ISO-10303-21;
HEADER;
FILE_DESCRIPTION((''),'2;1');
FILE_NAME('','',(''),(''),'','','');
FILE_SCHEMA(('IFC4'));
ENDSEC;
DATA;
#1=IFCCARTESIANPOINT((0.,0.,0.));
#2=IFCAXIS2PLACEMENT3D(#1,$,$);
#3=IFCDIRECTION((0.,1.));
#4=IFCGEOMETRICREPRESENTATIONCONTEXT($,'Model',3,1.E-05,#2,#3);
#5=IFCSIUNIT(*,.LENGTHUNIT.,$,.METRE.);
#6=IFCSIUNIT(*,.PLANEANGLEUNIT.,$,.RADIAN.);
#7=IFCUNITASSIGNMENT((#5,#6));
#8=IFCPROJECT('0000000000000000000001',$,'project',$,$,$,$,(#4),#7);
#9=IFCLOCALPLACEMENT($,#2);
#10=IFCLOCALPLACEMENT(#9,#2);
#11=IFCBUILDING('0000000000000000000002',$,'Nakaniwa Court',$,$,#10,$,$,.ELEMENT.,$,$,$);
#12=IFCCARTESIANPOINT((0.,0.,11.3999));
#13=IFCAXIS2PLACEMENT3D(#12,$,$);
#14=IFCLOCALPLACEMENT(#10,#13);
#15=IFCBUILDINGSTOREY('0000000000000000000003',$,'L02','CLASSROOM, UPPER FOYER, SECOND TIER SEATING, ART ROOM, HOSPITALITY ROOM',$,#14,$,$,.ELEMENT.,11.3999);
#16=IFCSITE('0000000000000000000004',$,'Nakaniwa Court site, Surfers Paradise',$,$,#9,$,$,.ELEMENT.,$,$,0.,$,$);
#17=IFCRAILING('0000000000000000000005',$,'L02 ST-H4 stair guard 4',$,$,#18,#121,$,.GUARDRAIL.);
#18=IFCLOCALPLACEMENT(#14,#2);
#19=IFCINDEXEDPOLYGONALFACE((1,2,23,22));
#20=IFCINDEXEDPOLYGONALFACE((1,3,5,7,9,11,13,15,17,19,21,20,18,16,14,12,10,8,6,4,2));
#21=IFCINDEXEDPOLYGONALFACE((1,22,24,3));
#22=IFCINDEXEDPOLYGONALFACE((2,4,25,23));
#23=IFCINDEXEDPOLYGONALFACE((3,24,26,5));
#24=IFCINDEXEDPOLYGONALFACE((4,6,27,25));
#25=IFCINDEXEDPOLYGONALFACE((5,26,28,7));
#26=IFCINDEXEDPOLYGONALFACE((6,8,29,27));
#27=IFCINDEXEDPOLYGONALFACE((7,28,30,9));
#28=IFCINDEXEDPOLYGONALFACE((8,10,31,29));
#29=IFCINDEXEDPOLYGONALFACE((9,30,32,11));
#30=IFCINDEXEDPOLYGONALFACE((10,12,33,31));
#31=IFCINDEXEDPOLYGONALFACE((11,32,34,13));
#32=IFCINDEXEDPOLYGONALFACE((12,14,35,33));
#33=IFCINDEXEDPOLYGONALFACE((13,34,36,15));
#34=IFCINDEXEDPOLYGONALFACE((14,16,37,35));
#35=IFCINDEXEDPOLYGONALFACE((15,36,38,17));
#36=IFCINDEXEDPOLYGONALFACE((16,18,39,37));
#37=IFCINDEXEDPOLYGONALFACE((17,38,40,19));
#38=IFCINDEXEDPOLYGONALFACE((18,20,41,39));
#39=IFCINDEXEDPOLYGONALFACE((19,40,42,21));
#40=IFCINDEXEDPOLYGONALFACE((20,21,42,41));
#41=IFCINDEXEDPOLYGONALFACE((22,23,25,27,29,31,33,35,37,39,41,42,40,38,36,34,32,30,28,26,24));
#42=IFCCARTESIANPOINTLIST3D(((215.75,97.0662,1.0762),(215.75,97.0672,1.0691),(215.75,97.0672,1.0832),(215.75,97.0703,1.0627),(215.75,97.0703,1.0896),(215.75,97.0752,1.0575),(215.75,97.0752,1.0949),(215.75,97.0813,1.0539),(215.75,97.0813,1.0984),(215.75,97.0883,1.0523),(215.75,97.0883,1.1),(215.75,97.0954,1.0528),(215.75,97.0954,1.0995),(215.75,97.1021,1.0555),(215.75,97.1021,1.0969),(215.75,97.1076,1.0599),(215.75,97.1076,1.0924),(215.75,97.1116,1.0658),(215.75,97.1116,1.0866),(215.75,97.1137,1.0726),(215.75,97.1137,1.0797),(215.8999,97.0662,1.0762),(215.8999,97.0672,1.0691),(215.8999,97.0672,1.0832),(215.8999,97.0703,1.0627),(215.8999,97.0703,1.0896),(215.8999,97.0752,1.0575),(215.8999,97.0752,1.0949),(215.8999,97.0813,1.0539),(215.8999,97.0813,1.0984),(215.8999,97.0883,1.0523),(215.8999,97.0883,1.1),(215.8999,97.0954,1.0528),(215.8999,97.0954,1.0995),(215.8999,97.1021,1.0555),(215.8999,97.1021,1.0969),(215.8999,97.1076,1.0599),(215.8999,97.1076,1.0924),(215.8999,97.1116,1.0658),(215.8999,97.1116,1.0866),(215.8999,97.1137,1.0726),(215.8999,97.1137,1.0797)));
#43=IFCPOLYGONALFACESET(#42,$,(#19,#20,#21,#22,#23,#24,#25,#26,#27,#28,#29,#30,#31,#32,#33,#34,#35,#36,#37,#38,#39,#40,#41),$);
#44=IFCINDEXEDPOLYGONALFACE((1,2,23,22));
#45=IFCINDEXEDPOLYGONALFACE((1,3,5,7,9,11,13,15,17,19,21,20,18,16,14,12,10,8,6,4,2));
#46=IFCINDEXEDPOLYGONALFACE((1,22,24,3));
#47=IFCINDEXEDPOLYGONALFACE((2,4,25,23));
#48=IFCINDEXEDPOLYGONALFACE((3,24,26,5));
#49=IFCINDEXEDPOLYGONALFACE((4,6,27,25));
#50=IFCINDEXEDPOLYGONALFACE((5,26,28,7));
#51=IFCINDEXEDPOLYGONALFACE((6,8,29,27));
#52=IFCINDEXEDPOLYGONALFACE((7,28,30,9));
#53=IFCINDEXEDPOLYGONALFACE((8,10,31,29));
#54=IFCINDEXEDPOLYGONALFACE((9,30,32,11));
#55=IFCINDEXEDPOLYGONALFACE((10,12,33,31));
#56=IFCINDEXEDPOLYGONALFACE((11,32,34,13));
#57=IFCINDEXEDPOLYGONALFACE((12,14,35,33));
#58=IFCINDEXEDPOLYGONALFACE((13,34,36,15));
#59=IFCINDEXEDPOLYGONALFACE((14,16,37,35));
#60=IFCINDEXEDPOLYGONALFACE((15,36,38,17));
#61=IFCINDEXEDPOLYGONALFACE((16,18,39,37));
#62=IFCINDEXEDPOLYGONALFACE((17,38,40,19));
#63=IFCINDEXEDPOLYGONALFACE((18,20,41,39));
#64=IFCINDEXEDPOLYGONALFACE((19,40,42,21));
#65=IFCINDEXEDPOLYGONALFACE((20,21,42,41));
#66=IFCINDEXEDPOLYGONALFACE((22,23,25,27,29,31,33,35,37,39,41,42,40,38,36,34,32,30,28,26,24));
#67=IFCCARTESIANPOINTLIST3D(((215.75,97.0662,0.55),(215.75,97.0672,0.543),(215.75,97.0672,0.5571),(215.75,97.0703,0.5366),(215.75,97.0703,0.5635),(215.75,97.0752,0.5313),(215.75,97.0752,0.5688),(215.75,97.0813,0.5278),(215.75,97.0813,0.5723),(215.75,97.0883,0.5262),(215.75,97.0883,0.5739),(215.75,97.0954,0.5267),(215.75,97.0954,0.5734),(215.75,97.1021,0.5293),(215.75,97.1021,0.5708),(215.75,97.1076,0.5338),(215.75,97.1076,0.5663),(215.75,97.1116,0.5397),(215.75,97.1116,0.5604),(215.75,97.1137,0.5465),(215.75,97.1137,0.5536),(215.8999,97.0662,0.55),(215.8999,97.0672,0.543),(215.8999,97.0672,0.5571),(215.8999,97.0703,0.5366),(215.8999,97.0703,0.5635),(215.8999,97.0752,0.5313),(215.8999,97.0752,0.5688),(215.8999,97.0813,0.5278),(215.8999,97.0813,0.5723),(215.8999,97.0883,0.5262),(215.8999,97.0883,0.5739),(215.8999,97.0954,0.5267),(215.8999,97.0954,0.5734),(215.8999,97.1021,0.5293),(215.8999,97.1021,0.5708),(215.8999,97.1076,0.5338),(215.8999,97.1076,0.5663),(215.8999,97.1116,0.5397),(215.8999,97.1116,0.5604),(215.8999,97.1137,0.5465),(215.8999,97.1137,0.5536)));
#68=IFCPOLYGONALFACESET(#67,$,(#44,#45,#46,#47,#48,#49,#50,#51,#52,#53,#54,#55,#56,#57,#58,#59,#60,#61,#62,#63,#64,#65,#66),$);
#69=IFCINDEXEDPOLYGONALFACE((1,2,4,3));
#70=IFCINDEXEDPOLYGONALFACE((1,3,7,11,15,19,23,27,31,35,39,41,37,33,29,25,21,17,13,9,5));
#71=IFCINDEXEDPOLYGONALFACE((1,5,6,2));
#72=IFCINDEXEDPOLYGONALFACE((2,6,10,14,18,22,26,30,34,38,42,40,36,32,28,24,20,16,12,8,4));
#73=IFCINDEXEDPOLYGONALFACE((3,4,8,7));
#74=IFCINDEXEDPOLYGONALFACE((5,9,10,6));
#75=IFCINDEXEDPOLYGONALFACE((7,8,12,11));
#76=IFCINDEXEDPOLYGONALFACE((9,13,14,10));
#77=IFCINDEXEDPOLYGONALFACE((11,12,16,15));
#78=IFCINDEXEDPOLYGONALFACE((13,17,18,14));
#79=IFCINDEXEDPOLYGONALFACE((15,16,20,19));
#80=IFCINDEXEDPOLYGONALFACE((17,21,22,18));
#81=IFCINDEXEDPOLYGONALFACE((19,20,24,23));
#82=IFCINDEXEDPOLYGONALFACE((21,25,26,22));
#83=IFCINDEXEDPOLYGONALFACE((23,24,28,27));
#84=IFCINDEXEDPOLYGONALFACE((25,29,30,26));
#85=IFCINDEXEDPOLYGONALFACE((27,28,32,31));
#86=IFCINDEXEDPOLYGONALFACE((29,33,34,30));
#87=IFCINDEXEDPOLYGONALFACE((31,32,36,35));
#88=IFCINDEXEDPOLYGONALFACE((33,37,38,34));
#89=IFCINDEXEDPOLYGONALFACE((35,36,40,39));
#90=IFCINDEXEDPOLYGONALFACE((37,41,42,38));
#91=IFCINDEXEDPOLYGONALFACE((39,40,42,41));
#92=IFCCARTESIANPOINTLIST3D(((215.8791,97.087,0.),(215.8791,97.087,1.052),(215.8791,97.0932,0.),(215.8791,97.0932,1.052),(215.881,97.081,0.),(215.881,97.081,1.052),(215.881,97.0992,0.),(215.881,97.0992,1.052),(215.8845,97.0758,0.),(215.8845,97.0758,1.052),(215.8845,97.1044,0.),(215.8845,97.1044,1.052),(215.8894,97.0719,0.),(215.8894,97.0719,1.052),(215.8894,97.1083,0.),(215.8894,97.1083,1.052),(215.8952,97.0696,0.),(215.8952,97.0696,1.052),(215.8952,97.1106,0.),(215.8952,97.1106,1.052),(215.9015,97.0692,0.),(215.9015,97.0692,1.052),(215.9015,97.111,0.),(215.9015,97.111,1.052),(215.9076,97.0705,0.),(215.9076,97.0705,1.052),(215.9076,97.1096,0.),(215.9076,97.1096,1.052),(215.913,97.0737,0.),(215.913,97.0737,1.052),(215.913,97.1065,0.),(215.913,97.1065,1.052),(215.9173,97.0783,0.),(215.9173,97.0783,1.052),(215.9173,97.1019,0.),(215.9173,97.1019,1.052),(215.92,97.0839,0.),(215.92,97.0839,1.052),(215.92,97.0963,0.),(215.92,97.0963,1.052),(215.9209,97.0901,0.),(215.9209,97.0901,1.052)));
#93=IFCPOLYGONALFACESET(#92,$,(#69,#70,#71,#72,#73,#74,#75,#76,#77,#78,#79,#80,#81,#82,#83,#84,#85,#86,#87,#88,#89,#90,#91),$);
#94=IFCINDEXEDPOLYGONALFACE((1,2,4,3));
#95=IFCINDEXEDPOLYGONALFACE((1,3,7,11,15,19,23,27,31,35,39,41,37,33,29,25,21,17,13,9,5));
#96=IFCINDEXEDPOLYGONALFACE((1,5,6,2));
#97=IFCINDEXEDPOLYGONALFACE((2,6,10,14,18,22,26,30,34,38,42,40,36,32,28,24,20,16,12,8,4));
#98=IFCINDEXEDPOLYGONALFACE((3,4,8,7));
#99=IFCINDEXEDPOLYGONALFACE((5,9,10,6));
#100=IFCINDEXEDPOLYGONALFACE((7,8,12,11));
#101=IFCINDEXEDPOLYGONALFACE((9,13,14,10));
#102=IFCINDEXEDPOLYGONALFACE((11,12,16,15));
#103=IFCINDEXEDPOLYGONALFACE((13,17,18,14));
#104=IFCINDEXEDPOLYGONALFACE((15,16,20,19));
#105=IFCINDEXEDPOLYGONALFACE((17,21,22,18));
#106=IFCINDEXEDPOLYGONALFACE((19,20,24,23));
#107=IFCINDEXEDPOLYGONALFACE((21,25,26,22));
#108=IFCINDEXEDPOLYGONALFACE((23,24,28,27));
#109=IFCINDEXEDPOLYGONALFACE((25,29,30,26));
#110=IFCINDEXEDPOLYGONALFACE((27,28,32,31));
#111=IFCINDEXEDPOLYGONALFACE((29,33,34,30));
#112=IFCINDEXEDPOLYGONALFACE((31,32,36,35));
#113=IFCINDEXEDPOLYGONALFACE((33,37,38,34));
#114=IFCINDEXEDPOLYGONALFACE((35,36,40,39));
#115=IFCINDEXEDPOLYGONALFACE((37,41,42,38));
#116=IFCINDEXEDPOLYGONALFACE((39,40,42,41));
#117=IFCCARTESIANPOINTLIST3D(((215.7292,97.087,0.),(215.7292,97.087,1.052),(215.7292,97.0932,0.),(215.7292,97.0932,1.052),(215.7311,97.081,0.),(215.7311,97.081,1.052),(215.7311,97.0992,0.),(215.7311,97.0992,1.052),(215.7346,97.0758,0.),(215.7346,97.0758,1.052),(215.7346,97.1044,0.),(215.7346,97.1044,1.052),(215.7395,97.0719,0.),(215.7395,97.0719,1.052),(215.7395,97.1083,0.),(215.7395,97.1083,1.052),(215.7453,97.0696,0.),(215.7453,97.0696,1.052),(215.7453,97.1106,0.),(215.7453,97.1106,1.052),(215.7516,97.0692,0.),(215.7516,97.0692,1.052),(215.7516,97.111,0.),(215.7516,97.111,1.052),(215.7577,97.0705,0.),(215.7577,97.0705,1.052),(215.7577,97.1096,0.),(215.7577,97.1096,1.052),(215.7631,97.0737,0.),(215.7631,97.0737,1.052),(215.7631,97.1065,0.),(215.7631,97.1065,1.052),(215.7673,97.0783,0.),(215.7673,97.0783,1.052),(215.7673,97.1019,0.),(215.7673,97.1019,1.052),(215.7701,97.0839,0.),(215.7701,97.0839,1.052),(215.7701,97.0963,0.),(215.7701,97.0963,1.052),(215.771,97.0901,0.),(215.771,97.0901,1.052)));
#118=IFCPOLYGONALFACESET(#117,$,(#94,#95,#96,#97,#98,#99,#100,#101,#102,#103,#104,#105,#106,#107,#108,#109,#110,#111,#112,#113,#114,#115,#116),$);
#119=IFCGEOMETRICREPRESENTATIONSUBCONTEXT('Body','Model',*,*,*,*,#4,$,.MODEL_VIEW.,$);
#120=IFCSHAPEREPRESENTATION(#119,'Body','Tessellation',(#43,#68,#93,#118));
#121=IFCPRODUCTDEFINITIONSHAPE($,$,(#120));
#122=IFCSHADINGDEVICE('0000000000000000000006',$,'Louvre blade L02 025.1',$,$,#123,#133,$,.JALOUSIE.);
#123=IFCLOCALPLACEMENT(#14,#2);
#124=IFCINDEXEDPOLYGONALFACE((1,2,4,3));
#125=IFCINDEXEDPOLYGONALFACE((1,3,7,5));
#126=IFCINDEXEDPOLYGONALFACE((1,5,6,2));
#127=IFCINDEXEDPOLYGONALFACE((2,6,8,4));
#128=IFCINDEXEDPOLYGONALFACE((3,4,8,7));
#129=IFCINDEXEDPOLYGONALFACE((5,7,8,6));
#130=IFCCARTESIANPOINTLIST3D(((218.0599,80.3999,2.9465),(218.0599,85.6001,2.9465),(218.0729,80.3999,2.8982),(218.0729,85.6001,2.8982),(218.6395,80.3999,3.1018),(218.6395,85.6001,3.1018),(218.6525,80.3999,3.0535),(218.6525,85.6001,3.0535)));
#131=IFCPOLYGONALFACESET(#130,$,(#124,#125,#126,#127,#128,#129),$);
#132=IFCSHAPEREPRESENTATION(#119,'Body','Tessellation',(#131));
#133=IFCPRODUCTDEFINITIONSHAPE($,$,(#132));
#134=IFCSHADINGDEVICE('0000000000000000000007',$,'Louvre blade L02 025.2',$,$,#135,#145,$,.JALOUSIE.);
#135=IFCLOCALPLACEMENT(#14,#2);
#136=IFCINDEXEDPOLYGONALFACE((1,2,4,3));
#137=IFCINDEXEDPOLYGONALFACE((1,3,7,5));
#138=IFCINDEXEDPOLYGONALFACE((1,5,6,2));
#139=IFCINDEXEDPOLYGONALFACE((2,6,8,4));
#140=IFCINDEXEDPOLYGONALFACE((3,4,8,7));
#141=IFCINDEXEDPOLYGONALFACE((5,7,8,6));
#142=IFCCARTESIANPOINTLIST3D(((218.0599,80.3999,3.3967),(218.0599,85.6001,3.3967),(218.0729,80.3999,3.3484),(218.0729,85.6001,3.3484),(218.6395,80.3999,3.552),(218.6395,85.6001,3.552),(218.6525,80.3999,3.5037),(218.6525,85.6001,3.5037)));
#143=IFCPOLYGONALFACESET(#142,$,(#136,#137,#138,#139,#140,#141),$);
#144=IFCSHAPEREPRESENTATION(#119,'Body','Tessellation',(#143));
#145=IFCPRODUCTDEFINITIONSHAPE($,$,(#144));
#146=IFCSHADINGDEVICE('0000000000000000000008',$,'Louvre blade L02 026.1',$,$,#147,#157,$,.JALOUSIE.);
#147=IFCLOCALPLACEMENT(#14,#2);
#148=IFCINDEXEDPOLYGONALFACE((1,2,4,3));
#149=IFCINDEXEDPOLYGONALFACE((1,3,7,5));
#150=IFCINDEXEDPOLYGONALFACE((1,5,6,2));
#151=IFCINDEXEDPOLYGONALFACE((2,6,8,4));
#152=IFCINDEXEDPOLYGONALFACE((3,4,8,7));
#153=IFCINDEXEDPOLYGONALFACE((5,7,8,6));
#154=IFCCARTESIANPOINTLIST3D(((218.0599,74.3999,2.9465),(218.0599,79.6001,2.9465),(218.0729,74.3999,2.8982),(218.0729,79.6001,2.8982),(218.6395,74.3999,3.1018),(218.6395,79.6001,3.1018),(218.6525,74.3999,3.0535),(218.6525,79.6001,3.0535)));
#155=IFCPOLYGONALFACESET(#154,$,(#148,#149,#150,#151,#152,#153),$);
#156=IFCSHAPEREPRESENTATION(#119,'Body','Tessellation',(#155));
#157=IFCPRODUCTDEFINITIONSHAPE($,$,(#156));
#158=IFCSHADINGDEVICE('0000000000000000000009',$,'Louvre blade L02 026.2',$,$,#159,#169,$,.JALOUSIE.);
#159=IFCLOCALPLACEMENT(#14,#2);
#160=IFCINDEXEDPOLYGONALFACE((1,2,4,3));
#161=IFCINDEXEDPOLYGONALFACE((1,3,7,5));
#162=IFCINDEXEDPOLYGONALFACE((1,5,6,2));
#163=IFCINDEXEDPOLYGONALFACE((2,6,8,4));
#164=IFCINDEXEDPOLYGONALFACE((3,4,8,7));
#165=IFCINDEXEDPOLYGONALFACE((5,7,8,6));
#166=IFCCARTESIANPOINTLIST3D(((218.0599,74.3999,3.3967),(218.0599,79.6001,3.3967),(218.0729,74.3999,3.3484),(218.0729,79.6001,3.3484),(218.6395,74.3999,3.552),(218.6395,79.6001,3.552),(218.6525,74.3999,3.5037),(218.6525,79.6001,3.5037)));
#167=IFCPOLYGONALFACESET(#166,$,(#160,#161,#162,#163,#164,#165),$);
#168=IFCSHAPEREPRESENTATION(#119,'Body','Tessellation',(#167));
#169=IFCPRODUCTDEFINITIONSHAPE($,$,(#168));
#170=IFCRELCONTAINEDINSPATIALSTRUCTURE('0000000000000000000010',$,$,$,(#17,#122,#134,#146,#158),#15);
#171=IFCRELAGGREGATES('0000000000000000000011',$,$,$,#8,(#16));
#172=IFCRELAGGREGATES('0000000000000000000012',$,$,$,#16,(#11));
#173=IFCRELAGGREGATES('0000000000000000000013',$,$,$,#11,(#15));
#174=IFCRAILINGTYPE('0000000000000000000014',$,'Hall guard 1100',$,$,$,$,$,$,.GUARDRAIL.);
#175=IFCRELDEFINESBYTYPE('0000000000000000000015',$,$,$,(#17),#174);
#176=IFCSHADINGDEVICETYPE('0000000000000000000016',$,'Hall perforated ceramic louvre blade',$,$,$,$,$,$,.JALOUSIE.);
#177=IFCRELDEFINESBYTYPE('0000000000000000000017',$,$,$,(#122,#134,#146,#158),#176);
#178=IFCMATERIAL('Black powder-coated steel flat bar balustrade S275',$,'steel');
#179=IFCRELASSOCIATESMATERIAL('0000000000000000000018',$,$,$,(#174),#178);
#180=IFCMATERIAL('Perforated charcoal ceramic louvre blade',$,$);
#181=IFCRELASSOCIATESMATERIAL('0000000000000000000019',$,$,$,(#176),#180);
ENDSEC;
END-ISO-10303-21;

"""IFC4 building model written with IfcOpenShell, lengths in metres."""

from ifc_helpers import new_model, si_unit, direction, frame, origin, origin_2d, place, context, subcontext, project, spatial, rectangle, circle, extrude, material, material_profile, profile_set, type_object, element, save


model = new_model("IFC4")

# Units and contexts
model_context = context("Model", 3, precision=1e-05, world=origin(), true_north=direction((0.0, 1.0)))
body_context = subcontext(model_context, "Body", "Model", "MODEL_VIEW")
ifc_project = project(units=[si_unit("LENGTHUNIT", "METRE"), si_unit("PLANEANGLEUNIT", "RADIAN")], contexts=[model_context])

# Site, building, storey
site_placement = place(None, origin())
site = spatial("IfcSite", under=ifc_project, at=site_placement, Name="Nakaniwa Court site, Surfers Paradise", CompositionType="ELEMENT", RefElevation=0.0)
building_placement = place(site_placement, origin())
building = spatial("IfcBuilding", under=site, at=building_placement, Name="Nakaniwa Court", CompositionType="ELEMENT")
storey_placement = place(building_placement, frame((0.0, 0.0, 11.3999)))
storey = spatial("IfcBuildingStorey", under=building, at=storey_placement, Name="L02", Description="CLASSROOM, UPPER FOYER, SECOND TIER SEATING, ART ROOM, HOSPITALITY ROOM", CompositionType="ELEMENT", Elevation=11.3999)

# Railing
ifc_material_1 = material(Name="Black powder-coated steel flat bar balustrade S275", Category="steel")
railing_type_1 = type_object("IfcRailingType", Name="Hall guard 1100", PredefinedType="GUARDRAIL", material=ifc_material_1)
railing_1_placement = place(storey_placement, frame((215.8999, 97.0901, 0.0)))
element("IfcRailing", 1, at=railing_1_placement, inside=storey, type_object=railing_type_1, Name="L02 ST-H4 stair guard 4", PredefinedType="GUARDRAIL", context=body_context, shape_type="SweptSolid", body=[
    extrude(circle(Radius=0.0239, at=origin_2d()), frame((0.0, 0.0, 1.0762), z_axis=(-1.0, 0.0, 0.0), x_axis=(0.0, -1.0, 0.0)), (0.0, 0.0, 1.0), 0.1499),
    extrude(circle(Radius=0.0239, at=origin_2d()), frame((0.0, 0.0, 0.55), z_axis=(-1.0, 0.0, 0.0), x_axis=(0.0, -1.0, 0.0)), (0.0, 0.0, 1.0), 0.1499),
    extrude(circle(Radius=0.021, at=origin_2d()), origin(), (0.0, 0.0, 1.0), 1.052),
    extrude(circle(Radius=0.021, at=origin_2d()), frame((-0.1499, 0.0, 0.0)), (0.0, 0.0, 1.0), 1.052),
])

# Shading devices
ifc_material_2 = material(Name="Perforated charcoal ceramic louvre blade")
ifc_material_profile_1 = material_profile(ifc_material_2, rectangle(XDim=0.6001, YDim=0.05, at=origin_2d()), Name="Hall perforated ceramic louvre blade")
ifc_profile_set_1 = profile_set([ifc_material_profile_1], Name="Perforated charcoal ceramic louvre blade")
shading_device_type = type_object("IfcShadingDeviceType", Name="Hall perforated ceramic louvre blade", PredefinedType="JALOUSIE", material=ifc_profile_set_1)
for number, where, z_axis, x_axis, name in (
    (2, (218.3562, 85.6001, 3.0), (0.0, -1.0, 0.0), (0.965926, 0.0, 0.258819), "Louvre blade L02 025.1"),
    (3, (218.3562, 85.6001, 3.4502), (0.0, -1.0, 0.0), (0.965926, 0.0, 0.258819), "Louvre blade L02 025.2"),
    (4, (218.3562, 79.6001, 3.0), (0.0, -1.0, 0.0), (0.965926, 0.0, 0.258819), "Louvre blade L02 026.1"),
    (5, (218.3562, 79.6001, 3.4502), (0.0, -1.0, 0.0), (0.965926, 0.0, 0.258819), "Louvre blade L02 026.2"),
):
    element("IfcShadingDevice", number, at=place(storey_placement, frame(where, z_axis=z_axis, x_axis=x_axis)), inside=storey, type_object=shading_device_type, Name=name, PredefinedType="JALOUSIE", context=body_context, shape_type="SweptSolid", body=[
        extrude(rectangle(XDim=0.6001, YDim=0.05, at=origin_2d()), origin(), (0.0, 0.0, 1.0), 5.2002),
    ])

save(model, "model.ifc")
